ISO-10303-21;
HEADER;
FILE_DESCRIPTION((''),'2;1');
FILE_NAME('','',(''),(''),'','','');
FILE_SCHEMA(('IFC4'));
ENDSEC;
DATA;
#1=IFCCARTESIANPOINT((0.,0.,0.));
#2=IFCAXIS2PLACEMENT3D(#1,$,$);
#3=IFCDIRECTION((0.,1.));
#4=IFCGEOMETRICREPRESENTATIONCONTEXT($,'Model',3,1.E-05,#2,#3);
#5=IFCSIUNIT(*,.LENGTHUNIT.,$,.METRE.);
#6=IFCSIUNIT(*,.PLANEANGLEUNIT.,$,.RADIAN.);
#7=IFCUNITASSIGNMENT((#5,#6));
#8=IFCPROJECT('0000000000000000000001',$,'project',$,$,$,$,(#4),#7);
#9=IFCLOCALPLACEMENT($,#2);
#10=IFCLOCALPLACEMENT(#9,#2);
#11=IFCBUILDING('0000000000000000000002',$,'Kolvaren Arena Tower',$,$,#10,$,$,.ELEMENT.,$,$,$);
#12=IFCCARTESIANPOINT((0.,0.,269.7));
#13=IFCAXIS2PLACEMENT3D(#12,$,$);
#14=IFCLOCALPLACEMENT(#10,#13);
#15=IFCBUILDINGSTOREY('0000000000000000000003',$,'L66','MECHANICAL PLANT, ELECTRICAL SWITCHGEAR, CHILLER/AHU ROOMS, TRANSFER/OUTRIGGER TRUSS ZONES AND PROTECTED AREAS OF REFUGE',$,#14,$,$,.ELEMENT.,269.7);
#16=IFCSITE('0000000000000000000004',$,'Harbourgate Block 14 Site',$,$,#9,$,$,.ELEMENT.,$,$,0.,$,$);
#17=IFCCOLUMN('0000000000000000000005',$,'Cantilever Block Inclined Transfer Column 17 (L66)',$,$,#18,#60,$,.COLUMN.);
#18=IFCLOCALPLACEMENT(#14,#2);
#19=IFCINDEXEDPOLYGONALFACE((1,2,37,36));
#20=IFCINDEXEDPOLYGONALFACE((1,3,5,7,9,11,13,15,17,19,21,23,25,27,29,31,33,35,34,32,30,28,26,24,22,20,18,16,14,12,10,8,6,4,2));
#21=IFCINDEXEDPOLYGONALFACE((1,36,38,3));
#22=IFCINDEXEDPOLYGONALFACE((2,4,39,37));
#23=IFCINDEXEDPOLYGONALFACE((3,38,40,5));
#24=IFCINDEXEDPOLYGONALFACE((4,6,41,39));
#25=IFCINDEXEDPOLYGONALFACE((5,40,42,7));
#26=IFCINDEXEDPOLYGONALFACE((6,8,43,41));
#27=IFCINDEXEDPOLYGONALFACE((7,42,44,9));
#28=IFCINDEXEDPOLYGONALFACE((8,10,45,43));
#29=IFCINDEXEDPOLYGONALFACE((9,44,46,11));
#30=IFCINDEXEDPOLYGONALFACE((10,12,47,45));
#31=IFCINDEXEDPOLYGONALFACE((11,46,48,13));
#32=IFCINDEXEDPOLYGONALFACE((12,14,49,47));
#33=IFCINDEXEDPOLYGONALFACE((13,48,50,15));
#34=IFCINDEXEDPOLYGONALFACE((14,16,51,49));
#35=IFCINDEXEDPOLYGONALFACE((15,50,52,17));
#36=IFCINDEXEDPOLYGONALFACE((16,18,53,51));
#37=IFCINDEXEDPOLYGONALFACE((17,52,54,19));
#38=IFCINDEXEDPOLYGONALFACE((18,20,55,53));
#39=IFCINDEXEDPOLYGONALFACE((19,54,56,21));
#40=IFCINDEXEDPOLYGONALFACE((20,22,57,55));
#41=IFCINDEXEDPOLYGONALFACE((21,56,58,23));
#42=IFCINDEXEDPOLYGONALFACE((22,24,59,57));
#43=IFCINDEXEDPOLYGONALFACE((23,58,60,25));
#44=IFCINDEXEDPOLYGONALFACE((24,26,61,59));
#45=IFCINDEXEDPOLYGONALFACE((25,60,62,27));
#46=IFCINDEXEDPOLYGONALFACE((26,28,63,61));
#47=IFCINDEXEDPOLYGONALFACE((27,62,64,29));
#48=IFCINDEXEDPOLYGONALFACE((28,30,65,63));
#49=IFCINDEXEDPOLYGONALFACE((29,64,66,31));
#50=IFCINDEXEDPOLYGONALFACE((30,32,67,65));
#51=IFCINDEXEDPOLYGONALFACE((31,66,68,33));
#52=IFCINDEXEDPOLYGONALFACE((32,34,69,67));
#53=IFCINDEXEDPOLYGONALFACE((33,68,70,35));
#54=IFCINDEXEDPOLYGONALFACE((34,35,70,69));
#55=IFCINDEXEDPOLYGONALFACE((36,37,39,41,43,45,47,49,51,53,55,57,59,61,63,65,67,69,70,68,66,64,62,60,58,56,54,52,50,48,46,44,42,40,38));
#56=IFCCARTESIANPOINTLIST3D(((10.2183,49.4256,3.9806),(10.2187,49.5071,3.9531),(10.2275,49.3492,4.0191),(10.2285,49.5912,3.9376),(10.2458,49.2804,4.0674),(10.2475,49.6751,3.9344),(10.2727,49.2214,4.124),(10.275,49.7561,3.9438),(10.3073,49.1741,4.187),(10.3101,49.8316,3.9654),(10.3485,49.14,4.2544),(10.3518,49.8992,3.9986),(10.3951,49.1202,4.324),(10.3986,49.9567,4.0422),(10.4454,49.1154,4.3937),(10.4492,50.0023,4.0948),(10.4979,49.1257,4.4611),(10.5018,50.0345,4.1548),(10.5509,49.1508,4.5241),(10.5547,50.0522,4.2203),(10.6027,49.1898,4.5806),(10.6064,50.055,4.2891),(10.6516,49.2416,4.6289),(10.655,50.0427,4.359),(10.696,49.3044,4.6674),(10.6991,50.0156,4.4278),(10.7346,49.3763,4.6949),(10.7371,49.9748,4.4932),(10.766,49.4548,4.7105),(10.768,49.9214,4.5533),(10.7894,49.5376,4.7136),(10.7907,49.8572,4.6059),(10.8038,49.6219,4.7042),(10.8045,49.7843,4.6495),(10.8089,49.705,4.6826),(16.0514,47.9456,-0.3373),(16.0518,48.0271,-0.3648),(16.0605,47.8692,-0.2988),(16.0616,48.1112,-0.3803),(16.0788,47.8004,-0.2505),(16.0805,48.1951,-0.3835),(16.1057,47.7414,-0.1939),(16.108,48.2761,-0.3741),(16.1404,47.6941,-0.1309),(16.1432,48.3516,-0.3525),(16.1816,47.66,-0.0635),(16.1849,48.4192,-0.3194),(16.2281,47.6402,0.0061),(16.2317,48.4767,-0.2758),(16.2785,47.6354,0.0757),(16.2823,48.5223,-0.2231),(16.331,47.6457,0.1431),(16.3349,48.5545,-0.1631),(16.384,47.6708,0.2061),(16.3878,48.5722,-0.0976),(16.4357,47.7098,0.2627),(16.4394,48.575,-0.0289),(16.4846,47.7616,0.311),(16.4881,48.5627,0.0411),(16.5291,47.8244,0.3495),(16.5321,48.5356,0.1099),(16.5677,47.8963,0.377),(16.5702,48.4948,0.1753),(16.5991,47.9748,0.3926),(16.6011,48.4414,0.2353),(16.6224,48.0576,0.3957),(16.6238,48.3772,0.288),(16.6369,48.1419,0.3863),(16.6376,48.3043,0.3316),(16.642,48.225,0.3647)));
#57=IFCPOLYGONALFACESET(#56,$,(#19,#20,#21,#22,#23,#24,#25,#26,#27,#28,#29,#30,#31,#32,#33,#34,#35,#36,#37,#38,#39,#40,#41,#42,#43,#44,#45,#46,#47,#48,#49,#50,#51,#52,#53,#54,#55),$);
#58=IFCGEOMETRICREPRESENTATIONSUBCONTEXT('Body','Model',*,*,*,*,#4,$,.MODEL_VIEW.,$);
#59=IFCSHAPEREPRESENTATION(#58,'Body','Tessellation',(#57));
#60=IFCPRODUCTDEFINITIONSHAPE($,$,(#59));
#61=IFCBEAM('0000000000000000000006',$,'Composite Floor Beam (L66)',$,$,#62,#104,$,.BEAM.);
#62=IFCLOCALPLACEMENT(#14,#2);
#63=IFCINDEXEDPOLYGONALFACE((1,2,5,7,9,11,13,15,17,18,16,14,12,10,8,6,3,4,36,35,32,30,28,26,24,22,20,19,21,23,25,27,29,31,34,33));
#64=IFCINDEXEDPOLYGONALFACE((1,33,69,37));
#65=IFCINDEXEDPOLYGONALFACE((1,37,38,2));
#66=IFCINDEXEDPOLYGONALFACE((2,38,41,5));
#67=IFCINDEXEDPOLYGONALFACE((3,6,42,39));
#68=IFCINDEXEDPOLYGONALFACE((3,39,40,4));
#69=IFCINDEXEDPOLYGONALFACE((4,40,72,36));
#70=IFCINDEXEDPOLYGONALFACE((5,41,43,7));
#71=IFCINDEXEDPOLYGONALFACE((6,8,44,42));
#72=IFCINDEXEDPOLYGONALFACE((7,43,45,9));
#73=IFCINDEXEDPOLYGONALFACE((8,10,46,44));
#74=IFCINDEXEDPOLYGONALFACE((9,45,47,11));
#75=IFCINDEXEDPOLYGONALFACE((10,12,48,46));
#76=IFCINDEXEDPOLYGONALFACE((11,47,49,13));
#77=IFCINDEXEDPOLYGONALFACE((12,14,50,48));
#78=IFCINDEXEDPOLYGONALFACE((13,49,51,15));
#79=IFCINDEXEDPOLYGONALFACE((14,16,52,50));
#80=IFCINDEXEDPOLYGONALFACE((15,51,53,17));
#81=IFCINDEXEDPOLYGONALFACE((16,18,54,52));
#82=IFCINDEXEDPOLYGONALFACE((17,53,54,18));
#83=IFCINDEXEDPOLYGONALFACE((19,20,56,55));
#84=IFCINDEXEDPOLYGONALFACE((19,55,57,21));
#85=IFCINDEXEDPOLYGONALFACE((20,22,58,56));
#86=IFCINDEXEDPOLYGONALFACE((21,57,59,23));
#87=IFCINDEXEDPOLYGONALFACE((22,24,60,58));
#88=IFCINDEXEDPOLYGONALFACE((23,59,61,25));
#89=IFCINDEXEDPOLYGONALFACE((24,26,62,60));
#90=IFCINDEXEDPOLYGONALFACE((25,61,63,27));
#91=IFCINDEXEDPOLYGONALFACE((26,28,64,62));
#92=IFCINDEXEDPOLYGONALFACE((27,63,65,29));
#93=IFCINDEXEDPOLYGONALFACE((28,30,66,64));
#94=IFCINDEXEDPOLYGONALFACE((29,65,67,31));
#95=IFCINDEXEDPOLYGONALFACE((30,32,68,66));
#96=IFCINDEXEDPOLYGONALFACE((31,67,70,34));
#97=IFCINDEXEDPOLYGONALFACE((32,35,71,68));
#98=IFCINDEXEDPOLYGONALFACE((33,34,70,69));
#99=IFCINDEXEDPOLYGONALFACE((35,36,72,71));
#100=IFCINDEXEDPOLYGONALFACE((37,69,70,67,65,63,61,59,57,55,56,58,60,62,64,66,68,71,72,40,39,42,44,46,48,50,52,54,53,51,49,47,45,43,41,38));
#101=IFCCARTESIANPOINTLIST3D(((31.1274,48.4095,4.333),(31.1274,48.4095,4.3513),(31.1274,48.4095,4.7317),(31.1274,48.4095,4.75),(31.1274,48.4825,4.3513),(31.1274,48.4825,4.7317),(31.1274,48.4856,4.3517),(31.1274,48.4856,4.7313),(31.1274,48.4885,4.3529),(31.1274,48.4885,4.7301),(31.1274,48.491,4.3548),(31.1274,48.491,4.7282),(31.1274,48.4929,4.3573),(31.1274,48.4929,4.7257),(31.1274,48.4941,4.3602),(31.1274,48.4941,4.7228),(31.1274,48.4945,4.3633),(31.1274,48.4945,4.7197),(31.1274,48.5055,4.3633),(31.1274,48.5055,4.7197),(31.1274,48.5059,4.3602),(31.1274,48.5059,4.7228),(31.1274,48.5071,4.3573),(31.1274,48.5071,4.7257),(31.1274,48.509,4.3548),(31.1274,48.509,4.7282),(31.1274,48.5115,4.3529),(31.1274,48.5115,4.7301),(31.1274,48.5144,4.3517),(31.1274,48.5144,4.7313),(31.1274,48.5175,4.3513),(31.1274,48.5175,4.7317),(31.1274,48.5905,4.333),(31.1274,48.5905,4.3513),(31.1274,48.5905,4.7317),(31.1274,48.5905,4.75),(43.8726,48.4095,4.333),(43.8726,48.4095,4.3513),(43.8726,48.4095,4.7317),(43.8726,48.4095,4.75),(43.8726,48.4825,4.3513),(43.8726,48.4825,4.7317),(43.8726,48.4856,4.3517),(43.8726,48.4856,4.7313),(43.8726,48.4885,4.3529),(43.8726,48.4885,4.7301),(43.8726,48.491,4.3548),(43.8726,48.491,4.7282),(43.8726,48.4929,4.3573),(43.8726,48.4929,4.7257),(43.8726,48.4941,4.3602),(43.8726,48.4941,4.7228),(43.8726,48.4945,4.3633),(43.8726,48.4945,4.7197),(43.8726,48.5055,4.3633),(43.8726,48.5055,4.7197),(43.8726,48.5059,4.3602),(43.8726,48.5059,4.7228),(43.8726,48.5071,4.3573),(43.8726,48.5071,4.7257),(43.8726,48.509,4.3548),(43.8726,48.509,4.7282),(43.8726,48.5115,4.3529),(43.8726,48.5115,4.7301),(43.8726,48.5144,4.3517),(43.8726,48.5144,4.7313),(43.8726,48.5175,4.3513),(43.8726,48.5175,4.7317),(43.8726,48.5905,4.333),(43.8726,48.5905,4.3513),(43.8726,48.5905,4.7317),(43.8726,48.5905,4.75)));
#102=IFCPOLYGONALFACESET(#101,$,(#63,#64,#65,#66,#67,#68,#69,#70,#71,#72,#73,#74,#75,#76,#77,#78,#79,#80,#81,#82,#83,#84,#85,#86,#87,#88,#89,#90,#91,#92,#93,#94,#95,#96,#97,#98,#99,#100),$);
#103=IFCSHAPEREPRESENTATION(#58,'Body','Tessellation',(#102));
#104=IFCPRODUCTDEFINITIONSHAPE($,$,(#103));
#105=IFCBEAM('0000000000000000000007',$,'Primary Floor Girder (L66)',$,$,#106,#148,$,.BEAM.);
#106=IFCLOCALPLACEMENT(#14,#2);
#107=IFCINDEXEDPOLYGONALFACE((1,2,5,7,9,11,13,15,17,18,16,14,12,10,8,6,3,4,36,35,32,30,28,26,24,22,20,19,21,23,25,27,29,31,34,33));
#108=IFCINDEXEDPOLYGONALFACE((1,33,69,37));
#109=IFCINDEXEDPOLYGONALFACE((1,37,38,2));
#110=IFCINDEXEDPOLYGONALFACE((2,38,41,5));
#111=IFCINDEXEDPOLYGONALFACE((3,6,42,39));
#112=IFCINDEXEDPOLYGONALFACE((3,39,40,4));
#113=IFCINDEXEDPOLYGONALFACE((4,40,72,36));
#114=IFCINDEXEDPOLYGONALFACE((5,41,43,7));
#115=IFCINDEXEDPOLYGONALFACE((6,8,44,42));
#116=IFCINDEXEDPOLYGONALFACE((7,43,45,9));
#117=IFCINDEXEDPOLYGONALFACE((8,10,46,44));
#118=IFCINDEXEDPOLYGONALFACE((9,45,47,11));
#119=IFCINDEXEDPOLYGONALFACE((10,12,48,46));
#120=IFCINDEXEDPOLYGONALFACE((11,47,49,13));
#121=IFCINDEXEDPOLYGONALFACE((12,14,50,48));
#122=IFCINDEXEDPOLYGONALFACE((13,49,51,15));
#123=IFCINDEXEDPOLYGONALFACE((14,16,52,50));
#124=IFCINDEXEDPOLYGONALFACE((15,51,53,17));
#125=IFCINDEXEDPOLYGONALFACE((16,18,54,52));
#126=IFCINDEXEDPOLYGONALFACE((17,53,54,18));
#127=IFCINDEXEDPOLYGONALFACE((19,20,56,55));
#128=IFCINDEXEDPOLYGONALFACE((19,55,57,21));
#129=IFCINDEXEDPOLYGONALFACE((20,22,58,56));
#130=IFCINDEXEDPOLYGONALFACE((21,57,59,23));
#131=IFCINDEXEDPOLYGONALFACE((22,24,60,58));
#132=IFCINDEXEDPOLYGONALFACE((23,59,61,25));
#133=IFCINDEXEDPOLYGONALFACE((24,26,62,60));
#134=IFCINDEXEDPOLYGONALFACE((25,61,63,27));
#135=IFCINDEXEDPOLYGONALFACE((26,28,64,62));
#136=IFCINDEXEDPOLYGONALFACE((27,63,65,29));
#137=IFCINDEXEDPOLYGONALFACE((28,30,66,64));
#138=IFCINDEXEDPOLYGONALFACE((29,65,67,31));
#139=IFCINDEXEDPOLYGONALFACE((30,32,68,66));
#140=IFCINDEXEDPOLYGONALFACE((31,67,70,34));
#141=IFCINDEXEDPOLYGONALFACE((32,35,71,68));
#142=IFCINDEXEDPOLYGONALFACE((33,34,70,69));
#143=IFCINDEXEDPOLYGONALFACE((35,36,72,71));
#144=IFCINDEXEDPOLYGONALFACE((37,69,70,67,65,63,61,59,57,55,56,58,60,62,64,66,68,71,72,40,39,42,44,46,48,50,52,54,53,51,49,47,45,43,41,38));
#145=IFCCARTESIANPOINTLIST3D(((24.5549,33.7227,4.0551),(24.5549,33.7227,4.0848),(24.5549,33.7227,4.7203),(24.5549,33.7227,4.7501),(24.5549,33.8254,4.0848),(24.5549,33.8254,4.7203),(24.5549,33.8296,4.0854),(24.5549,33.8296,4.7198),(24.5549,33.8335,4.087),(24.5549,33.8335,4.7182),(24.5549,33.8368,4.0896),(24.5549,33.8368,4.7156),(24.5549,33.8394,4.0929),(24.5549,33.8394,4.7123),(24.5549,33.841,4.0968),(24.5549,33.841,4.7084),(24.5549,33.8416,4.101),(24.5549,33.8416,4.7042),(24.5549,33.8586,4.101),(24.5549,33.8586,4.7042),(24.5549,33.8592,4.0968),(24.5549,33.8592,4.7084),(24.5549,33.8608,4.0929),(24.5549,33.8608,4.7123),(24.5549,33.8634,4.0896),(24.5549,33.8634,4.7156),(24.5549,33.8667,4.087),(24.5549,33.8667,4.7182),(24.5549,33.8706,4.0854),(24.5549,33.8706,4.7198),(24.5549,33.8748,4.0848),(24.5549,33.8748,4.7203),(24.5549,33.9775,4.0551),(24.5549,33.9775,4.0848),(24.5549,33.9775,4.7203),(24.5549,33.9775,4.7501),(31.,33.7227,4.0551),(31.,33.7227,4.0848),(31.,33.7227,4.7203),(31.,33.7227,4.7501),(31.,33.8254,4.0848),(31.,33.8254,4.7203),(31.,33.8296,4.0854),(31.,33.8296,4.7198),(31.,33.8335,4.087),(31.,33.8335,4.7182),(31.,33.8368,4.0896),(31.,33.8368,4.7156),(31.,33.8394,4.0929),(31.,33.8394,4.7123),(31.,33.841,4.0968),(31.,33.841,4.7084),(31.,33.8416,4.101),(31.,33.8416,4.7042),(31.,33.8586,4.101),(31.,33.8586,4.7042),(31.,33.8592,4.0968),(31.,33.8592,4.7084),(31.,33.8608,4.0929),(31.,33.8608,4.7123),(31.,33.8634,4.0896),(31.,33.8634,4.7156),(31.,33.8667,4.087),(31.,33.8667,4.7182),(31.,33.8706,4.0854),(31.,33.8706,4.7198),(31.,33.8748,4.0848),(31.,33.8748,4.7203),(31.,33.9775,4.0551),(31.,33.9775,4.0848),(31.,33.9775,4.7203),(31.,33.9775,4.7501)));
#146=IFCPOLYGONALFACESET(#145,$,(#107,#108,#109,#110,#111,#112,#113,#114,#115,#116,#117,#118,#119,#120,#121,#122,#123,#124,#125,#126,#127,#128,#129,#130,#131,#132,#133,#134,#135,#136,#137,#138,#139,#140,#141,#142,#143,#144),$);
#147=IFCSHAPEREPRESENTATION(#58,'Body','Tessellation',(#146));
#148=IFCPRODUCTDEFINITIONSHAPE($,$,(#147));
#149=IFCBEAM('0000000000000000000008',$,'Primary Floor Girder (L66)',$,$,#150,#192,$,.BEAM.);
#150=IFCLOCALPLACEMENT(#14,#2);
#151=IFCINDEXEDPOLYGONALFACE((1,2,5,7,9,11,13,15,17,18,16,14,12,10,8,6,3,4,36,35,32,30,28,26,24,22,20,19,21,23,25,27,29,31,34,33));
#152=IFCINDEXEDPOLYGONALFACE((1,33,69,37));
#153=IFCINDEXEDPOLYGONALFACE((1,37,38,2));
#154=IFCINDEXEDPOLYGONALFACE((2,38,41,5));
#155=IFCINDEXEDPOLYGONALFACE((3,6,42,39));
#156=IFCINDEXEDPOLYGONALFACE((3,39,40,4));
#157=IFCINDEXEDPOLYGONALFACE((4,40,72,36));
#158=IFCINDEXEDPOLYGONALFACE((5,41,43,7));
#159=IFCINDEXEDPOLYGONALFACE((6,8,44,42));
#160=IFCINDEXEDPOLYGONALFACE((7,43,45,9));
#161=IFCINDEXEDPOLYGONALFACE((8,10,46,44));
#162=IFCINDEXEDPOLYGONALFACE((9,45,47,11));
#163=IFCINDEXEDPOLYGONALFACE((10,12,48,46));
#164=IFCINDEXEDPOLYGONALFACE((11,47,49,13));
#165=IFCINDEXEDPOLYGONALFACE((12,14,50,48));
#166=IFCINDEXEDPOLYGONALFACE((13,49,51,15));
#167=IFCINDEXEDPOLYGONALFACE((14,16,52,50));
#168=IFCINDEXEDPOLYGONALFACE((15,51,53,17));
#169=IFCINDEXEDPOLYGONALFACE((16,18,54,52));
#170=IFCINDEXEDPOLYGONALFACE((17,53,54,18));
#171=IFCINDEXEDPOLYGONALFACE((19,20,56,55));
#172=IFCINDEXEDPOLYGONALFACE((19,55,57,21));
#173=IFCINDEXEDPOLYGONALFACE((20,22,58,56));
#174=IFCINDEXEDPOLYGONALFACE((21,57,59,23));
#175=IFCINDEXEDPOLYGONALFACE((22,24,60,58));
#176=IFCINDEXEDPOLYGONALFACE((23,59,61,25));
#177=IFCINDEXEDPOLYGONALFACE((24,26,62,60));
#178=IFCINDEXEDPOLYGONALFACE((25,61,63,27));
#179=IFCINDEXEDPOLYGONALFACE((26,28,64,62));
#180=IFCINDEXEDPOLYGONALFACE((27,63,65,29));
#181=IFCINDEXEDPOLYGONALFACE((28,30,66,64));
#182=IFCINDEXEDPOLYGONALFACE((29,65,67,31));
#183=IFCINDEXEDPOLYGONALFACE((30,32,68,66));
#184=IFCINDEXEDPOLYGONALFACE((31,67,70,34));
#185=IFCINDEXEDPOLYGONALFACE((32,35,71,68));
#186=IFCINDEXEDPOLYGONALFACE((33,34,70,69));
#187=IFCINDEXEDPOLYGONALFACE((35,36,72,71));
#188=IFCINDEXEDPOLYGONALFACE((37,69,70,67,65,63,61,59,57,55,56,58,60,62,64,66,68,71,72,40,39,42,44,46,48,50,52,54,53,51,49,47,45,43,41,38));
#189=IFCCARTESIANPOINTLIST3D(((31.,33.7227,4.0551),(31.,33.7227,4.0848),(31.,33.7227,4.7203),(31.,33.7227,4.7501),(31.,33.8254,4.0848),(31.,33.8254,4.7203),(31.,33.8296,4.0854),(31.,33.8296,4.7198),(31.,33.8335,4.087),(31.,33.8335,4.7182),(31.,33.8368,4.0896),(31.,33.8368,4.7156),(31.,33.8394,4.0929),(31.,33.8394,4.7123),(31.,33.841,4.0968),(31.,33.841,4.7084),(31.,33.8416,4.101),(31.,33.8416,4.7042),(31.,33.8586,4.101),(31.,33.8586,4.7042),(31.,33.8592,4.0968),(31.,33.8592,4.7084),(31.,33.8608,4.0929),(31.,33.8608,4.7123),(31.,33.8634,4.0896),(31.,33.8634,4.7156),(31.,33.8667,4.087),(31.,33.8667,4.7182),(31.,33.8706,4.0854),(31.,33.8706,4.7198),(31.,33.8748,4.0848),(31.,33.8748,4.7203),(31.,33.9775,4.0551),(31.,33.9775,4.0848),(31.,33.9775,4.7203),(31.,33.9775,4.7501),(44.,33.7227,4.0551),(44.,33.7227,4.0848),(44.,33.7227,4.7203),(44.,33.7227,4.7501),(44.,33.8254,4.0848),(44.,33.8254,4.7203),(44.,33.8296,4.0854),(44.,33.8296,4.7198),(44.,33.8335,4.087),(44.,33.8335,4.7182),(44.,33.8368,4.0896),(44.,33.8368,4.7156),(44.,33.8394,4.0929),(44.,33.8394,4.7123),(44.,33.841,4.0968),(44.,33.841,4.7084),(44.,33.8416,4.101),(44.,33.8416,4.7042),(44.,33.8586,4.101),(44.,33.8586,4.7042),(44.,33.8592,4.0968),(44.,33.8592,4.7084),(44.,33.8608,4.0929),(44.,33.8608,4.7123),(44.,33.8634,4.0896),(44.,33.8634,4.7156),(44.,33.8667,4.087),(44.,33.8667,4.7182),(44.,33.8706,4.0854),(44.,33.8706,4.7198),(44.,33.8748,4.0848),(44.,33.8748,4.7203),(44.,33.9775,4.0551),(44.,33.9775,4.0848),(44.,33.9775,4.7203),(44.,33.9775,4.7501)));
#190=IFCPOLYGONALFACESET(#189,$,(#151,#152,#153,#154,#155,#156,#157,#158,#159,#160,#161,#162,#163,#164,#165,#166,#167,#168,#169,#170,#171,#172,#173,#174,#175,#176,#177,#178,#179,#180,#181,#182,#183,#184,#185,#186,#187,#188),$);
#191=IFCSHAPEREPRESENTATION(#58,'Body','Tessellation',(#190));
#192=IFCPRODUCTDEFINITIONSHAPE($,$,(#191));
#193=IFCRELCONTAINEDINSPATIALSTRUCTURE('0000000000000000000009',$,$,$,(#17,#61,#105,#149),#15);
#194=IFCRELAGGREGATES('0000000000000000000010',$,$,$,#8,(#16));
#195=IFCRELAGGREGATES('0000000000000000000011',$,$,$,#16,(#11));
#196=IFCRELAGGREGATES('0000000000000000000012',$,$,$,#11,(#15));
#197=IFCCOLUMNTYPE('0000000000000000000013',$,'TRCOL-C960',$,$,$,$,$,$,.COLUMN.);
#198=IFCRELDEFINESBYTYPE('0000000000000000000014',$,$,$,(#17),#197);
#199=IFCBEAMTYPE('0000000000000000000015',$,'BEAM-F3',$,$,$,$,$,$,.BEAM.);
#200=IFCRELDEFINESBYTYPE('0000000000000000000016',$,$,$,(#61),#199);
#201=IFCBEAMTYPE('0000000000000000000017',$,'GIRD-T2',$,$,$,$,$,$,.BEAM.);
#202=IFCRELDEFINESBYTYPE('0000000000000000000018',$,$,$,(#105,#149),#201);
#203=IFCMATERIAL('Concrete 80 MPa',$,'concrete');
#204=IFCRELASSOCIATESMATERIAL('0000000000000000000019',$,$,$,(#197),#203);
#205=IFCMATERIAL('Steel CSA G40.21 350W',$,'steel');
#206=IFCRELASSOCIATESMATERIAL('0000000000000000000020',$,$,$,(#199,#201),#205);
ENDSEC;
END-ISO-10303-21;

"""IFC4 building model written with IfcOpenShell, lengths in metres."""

from ifc_helpers import new_model, si_unit, direction, frame, origin, origin_2d, place, context, subcontext, project, spatial, circle, i_section, extrude, material, material_profile, profile_set, type_object, element, save


model = new_model("IFC4")

# Units and contexts
model_context = context("Model", 3, precision=1e-05, world=origin(), true_north=direction((0.0, 1.0)))
body_context = subcontext(model_context, "Body", "Model", "MODEL_VIEW")
ifc_project = project(units=[si_unit("LENGTHUNIT", "METRE"), si_unit("PLANEANGLEUNIT", "RADIAN")], contexts=[model_context])

# Site, building, storey
site_placement = place(None, origin())
site = spatial("IfcSite", under=ifc_project, at=site_placement, Name="Harbourgate Block 14 Site", CompositionType="ELEMENT", RefElevation=0.0)
building_placement = place(site_placement, origin())
building = spatial("IfcBuilding", under=site, at=building_placement, Name="Kolvaren Arena Tower", CompositionType="ELEMENT")
storey_placement = place(building_placement, frame((0.0, 0.0, 269.7)))
storey = spatial("IfcBuildingStorey", under=building, at=storey_placement, Name="L66", Description="MECHANICAL PLANT, ELECTRICAL SWITCHGEAR, CHILLER/AHU ROOMS, TRANSFER/OUTRIGGER TRUSS ZONES AND PROTECTED AREAS OF REFUGE", CompositionType="ELEMENT", Elevation=269.7)

# Column
ifc_material_1 = material(Name="Concrete 80 MPa", Category="concrete")
ifc_material_profile_1 = material_profile(ifc_material_1, circle(Radius=0.48, at=origin_2d()), Name="RC-CIRC-960")
ifc_profile_set_1 = profile_set([ifc_material_profile_1], Name="Concrete 80 MPa")
column_type_1 = type_object("IfcColumnType", Name="TRCOL-C960", PredefinedType="COLUMN", material=ifc_profile_set_1)
column_1_placement = place(storey_placement, frame((16.3462, 48.1055, 0.0061), z_axis=(-0.787538, 0.199818, 0.582973), x_axis=(-0.245932, -0.969287, 0.0)))
element("IfcColumn", 1, at=column_1_placement, inside=storey, type_object=column_type_1, Name="Cantilever Block Inclined Transfer Column 17 (L66)", PredefinedType="COLUMN", context=body_context, shape_type="SweptSolid", body=[
    extrude(circle(Radius=0.48, at=origin_2d()), origin(), (0.0, 0.0, 1.0), 7.4067),
])

# Beams
ifc_material_2 = material(Name="Steel CSA G40.21 350W", Category="steel")
ifc_material_profile_2 = material_profile(ifc_material_2, i_section(OverallWidth=0.1809, OverallDepth=0.417, WebThickness=0.011, FlangeThickness=0.0183, FilletRadius=0.012, at=origin_2d()), Name="W410x85")
ifc_profile_set_2 = profile_set([ifc_material_profile_2], Name="Steel CSA G40.21 350W")
beam_type_1 = type_object("IfcBeamType", Name="BEAM-F3", PredefinedType="BEAM", material=ifc_profile_set_2)
beam_1_placement = place(storey_placement, frame((31.1274, 48.5, 4.5415), z_axis=(1.0, 0.0, 0.0), x_axis=(0.0, 1.0, 0.0)))
element("IfcBeam", 2, at=beam_1_placement, inside=storey, type_object=beam_type_1, Name="Composite Floor Beam (L66)", PredefinedType="BEAM", context=body_context, shape_type="SweptSolid", body=[
    extrude(i_section(OverallWidth=0.1809, OverallDepth=0.417, WebThickness=0.011, FlangeThickness=0.0183, FilletRadius=0.012, at=origin_2d()), origin(), (0.0, 0.0, 1.0), 12.7451),
])
ifc_material_profile_3 = material_profile(ifc_material_2, i_section(OverallWidth=0.2549, OverallDepth=0.6951, WebThickness=0.0171, FlangeThickness=0.0298, FilletRadius=0.0161, at=origin_2d()), Name="W690x217")
ifc_profile_set_3 = profile_set([ifc_material_profile_3], Name="Steel CSA G40.21 350W")
beam_type_2 = type_object("IfcBeamType", Name="GIRD-T2", PredefinedType="BEAM", material=ifc_profile_set_3)
beam_2_placement = place(storey_placement, frame((24.5549, 33.8501, 4.4026), z_axis=(1.0, 0.0, 0.0), x_axis=(0.0, 1.0, 0.0)))
element("IfcBeam", 3, at=beam_2_placement, inside=storey, type_object=beam_type_2, Name="Primary Floor Girder (L66)", PredefinedType="BEAM", context=body_context, shape_type="SweptSolid", body=[
    extrude(i_section(OverallWidth=0.2549, OverallDepth=0.6951, WebThickness=0.0171, FlangeThickness=0.0298, FilletRadius=0.0161, at=origin_2d()), origin(), (0.0, 0.0, 1.0), 6.4451),
])
beam_3_placement = place(storey_placement, frame((31.0, 33.8501, 4.4026), z_axis=(1.0, 0.0, 0.0), x_axis=(0.0, 1.0, 0.0)))
element("IfcBeam", 4, at=beam_3_placement, inside=storey, type_object=beam_type_2, Name="Primary Floor Girder (L66)", PredefinedType="BEAM", context=body_context, shape_type="SweptSolid", body=[
    extrude(i_section(OverallWidth=0.2549, OverallDepth=0.6951, WebThickness=0.0171, FlangeThickness=0.0298, FilletRadius=0.0161, at=origin_2d()), origin(), (0.0, 0.0, 1.0), 13.0),
])

save(model, "model.ifc")
